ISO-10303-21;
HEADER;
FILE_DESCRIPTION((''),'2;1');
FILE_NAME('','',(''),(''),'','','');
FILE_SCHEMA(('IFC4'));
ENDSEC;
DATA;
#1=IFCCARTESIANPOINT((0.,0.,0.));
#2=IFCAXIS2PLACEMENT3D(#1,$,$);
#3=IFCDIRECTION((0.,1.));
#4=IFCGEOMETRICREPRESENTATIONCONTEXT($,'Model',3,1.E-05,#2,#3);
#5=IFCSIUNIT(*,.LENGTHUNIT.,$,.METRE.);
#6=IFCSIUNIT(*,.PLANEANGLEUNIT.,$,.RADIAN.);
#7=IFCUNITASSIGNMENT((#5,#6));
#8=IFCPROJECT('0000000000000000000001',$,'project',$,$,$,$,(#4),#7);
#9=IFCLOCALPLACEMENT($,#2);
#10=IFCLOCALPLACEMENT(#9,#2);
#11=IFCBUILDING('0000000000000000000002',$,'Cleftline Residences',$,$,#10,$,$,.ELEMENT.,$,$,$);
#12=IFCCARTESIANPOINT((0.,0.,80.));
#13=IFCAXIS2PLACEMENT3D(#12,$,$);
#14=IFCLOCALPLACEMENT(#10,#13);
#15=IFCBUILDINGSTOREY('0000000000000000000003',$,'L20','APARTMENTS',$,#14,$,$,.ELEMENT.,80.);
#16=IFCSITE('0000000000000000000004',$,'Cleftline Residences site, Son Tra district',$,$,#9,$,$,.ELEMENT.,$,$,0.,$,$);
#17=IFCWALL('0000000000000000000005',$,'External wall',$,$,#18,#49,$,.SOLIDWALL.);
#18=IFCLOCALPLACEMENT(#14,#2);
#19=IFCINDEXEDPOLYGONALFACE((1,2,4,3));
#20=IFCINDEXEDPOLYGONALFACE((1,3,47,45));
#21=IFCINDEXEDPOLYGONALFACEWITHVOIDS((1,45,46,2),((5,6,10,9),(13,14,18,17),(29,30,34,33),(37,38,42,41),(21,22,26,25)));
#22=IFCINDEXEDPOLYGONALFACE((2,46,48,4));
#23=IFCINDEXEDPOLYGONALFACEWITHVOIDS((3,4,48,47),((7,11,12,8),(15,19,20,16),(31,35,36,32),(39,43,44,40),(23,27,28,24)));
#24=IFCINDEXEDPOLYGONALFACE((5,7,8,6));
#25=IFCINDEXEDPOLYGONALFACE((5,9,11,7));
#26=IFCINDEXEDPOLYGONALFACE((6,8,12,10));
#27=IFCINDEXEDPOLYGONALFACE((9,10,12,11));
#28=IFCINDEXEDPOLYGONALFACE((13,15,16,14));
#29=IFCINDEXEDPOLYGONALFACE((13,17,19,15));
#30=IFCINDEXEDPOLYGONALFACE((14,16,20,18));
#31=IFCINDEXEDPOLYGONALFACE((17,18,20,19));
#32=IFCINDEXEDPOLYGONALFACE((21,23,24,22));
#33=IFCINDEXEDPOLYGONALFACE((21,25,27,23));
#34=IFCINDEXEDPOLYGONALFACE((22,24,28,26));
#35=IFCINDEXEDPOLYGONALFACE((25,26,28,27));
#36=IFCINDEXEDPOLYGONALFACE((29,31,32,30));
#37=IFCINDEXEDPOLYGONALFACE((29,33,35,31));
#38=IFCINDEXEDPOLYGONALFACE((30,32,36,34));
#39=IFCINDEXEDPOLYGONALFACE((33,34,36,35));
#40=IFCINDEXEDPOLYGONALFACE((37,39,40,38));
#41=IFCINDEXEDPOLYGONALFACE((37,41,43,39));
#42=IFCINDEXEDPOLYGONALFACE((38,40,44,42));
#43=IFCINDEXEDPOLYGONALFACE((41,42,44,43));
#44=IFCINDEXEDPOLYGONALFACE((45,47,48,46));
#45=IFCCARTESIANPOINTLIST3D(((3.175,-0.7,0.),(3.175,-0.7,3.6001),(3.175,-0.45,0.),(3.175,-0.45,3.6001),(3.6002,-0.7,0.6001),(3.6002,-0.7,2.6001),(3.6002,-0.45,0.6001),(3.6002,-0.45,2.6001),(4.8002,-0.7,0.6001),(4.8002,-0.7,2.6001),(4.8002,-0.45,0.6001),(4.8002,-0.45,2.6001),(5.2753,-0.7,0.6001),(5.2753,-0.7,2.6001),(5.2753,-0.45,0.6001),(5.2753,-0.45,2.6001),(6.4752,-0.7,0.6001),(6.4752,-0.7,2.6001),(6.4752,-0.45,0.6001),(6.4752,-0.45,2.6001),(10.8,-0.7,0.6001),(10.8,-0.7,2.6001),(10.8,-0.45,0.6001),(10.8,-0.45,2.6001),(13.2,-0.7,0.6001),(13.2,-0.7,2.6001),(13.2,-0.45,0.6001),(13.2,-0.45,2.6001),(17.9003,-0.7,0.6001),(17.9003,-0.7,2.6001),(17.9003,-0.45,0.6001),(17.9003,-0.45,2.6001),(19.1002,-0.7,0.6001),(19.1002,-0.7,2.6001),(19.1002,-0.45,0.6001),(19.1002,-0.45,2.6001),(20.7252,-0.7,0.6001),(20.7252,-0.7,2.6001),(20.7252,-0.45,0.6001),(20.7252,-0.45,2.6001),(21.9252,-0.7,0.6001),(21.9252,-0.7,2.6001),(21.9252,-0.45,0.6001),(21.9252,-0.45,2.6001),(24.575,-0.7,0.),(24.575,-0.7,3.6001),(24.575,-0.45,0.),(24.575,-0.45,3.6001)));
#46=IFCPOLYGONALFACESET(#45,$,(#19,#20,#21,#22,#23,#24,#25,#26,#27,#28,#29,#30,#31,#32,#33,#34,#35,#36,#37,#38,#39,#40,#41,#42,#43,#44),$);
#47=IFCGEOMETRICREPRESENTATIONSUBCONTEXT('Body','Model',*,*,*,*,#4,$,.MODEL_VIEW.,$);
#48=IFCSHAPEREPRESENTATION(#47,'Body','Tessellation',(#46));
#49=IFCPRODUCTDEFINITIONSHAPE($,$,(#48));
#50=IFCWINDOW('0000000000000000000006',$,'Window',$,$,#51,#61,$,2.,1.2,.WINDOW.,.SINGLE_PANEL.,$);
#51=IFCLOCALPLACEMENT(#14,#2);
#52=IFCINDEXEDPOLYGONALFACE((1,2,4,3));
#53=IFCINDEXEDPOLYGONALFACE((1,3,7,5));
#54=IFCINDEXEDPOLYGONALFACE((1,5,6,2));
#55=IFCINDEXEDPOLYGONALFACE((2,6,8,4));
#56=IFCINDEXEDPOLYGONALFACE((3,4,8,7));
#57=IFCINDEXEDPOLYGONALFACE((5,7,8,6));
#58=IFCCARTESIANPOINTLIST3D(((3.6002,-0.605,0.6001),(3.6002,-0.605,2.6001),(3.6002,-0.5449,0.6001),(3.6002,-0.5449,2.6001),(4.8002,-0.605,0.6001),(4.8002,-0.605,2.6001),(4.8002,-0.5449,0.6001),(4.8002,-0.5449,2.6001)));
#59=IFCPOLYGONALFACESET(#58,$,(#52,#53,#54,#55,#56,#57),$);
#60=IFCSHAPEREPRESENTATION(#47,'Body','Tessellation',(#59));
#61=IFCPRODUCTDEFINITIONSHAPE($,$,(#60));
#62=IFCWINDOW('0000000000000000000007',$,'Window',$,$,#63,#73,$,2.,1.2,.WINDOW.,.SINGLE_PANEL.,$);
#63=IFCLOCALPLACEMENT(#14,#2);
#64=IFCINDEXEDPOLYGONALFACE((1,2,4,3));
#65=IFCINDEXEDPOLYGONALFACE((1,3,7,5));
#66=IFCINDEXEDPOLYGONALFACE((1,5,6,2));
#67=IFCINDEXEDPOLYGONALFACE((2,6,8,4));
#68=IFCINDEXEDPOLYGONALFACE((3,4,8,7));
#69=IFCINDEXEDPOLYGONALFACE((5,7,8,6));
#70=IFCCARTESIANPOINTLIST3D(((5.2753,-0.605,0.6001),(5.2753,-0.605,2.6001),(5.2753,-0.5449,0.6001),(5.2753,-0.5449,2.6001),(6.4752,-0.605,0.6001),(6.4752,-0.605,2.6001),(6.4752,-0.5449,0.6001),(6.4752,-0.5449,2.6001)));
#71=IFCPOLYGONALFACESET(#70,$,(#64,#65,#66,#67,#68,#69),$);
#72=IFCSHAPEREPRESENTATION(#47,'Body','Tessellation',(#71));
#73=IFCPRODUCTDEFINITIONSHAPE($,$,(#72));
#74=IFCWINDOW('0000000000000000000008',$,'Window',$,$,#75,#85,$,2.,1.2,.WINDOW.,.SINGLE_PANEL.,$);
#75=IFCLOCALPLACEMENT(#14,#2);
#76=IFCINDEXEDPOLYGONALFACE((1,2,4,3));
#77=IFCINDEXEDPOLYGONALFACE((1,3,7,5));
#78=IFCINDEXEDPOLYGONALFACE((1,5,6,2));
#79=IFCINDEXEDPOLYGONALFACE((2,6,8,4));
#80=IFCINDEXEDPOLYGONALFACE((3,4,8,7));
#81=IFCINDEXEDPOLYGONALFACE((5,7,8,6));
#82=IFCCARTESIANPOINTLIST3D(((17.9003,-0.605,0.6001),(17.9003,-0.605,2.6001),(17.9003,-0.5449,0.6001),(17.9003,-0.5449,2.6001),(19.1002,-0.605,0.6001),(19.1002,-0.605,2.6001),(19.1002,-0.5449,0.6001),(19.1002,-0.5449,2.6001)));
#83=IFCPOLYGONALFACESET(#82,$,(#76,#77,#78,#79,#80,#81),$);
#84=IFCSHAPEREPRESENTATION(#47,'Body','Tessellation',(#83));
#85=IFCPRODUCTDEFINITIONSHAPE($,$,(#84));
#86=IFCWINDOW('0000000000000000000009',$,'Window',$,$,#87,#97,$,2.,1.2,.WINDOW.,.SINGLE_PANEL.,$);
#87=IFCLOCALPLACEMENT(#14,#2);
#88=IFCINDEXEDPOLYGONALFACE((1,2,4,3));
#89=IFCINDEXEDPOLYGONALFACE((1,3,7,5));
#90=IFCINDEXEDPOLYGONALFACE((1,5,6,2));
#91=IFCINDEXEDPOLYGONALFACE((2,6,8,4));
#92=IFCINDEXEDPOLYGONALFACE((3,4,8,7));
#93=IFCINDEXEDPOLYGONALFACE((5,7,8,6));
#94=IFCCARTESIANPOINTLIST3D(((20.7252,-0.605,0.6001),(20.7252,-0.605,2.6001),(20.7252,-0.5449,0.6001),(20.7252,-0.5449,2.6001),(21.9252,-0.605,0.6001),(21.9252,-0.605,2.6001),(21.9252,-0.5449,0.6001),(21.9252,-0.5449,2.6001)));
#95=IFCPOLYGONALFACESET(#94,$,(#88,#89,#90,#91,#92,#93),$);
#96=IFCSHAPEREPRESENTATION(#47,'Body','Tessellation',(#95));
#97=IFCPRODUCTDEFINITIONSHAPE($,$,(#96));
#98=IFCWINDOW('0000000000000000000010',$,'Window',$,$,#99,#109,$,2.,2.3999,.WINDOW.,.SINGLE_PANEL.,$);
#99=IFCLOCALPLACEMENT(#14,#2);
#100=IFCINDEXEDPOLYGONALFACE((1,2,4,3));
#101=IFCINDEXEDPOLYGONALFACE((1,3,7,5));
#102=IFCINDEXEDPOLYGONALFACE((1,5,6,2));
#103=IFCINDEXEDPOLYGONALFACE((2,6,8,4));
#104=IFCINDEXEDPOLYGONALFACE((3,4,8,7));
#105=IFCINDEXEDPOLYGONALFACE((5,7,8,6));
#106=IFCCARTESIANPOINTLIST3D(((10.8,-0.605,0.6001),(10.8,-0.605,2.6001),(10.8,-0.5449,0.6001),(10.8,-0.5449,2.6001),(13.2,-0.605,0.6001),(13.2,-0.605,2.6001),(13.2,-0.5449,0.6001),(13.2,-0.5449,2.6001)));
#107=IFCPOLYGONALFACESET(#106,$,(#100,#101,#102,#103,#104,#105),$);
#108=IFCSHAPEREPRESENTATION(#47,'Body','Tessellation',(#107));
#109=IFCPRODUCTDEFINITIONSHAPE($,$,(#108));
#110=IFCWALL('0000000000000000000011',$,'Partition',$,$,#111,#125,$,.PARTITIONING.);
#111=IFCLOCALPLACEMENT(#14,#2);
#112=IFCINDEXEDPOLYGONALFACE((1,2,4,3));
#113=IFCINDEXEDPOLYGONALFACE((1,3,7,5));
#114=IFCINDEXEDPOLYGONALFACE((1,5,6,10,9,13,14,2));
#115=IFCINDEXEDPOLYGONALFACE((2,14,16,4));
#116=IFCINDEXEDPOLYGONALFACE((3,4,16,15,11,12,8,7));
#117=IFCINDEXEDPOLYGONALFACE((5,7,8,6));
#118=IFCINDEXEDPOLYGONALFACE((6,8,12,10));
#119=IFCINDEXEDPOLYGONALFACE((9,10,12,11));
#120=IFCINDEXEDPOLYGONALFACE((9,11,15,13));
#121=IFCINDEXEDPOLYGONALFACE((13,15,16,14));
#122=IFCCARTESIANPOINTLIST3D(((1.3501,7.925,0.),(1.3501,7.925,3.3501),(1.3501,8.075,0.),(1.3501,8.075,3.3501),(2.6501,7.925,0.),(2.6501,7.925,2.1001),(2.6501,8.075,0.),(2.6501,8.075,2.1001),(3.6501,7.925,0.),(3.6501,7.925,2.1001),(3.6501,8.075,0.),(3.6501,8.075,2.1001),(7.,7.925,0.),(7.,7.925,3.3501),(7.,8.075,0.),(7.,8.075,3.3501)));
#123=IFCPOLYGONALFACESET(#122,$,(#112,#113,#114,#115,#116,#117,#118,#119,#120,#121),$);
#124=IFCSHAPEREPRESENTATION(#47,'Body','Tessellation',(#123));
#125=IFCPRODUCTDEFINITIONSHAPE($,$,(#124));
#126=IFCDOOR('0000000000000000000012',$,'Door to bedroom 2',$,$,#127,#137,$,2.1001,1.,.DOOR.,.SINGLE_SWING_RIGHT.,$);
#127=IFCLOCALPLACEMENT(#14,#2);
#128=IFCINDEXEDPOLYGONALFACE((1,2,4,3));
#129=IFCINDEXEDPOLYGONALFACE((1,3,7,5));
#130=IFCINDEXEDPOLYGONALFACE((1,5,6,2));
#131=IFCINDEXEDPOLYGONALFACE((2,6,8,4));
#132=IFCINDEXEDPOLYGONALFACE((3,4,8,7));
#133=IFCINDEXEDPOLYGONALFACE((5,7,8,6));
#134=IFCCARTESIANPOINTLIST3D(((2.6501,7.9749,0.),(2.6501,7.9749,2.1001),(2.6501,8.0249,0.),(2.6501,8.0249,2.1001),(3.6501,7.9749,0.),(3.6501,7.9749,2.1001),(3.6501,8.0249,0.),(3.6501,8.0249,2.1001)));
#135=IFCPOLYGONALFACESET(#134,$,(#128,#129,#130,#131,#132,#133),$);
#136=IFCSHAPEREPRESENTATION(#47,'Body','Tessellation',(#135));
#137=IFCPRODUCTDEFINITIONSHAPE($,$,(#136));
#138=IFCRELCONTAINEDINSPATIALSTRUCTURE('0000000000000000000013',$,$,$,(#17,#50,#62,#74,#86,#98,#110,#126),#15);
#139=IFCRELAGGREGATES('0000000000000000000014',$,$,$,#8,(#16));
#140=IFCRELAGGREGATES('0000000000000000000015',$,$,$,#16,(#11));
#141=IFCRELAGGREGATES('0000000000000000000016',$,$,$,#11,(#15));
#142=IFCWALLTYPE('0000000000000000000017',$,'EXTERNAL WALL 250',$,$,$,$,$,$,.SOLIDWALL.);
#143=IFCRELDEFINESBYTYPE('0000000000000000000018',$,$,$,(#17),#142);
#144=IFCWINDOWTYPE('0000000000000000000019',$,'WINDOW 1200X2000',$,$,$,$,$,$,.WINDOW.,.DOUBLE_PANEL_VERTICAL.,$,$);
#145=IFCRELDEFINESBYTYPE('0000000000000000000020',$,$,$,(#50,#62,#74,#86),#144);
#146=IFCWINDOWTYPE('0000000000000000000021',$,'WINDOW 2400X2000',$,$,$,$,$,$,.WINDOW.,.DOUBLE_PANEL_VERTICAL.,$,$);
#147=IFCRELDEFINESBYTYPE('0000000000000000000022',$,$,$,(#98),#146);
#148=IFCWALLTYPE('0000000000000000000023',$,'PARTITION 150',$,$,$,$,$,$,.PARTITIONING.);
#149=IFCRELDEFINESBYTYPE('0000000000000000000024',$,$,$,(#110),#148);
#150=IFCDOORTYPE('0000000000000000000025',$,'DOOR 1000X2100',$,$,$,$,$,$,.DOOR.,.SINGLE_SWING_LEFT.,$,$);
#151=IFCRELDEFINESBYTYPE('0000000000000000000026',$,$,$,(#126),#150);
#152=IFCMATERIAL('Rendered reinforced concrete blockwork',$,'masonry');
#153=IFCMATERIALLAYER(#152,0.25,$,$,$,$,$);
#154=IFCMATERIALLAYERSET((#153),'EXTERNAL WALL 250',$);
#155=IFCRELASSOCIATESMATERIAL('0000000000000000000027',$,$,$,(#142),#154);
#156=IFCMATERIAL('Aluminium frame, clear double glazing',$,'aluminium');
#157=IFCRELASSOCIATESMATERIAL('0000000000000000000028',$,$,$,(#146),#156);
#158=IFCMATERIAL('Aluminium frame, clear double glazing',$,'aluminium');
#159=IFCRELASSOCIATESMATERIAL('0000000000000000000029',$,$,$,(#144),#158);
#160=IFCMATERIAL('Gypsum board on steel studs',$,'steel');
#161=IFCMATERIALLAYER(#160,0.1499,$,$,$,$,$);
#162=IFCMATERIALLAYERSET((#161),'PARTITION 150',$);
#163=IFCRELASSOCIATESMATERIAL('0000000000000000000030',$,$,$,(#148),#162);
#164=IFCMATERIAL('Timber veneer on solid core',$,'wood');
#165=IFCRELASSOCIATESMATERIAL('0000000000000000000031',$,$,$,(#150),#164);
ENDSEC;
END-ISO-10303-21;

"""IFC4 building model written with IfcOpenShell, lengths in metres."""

from ifc_helpers import new_model, si_unit, direction, frame, frame_2d, origin, place, context, subcontext, project, spatial, rectangle, extrude, material, layer, layer_set, type_object, element, fill, save


model = new_model("IFC4")

# Units and contexts
model_context = context("Model", 3, precision=1e-05, world=origin(), true_north=direction((0.0, 1.0)))
body_context = subcontext(model_context, "Body", "Model", "MODEL_VIEW")
ifc_project = project(units=[si_unit("LENGTHUNIT", "METRE"), si_unit("PLANEANGLEUNIT", "RADIAN")], contexts=[model_context])

# Site, building, storey
site_placement = place(None, origin())
site = spatial("IfcSite", under=ifc_project, at=site_placement, Name="Cleftline Residences site, Son Tra district", CompositionType="ELEMENT", RefElevation=0.0)
building_placement = place(site_placement, origin())
building = spatial("IfcBuilding", under=site, at=building_placement, Name="Cleftline Residences", CompositionType="ELEMENT")
storey_placement = place(building_placement, frame((0.0, 0.0, 80.0)))
storey = spatial("IfcBuildingStorey", under=building, at=storey_placement, Name="L20", Description="APARTMENTS", CompositionType="ELEMENT", Elevation=80.0)

# Shared definitions
ifc_material_1 = material(Name="Rendered reinforced concrete blockwork", Category="masonry")
ifc_layer_1 = layer(ifc_material_1, 0.25)
ifc_layer_set_1 = layer_set([ifc_layer_1], Name="EXTERNAL WALL 250")
wall_type_1 = type_object("IfcWallType", Name="EXTERNAL WALL 250", PredefinedType="SOLIDWALL", material=ifc_layer_set_1)
ifc_material_2 = material(Name="Aluminium frame, clear double glazing", Category="aluminium")
window_type_1 = type_object("IfcWindowType", Name="WINDOW 2400X2000", PartitioningType="DOUBLE_PANEL_VERTICAL", PredefinedType="WINDOW", material=ifc_material_2)

# Wall, openings, windows
wall_1_placement = place(storey_placement, frame((3.175, -0.575, 0.0), z_axis=(0.0, 0.0, 1.0), x_axis=(1.0, 0.0, 0.0)))
wall_1 = element("IfcWall", 1, at=wall_1_placement, inside=storey, type_object=wall_type_1, Name="External wall", PredefinedType="SOLIDWALL", context=body_context, shape_type="SweptSolid", body=[
    extrude(rectangle(XDim=21.3999, YDim=0.25, at=frame_2d((10.7, 0.0))), origin(), (0.0, 0.0, 1.0), 3.6001),
])
opening_1_placement = place(wall_1_placement, frame((0.425, 0.0, 0.6001)))
opening_1 = element("IfcOpeningElement", 2, at=opening_1_placement, cuts=wall_1, PredefinedType="OPENING", context=body_context, shape_type="SweptSolid", body=[
    extrude(rectangle(XDim=1.2, YDim=2.0, at=frame_2d((0.6001, 1.0))), frame((0.0, 0.135, 0.0), z_axis=(0.0, -1.0, 0.0), x_axis=(1.0, 0.0, 0.0)), (0.0, 0.0, 1.0), 0.27),
])
opening_2_placement = place(wall_1_placement, frame((2.1001, 0.0, 0.6001)))
opening_2 = element("IfcOpeningElement", 3, at=opening_2_placement, cuts=wall_1, PredefinedType="OPENING", context=body_context, shape_type="SweptSolid", body=[
    extrude(rectangle(XDim=1.2, YDim=2.0, at=frame_2d((0.6001, 1.0))), frame((0.0, 0.135, 0.0), z_axis=(0.0, -1.0, 0.0), x_axis=(1.0, 0.0, 0.0)), (0.0, 0.0, 1.0), 0.27),
])
opening_3_placement = place(wall_1_placement, frame((7.625, 0.0, 0.6001)))
opening_3 = element("IfcOpeningElement", 4, at=opening_3_placement, cuts=wall_1, PredefinedType="OPENING", context=body_context, shape_type="SweptSolid", body=[
    extrude(rectangle(XDim=2.3999, YDim=2.0, at=frame_2d((1.2, 1.0))), frame((0.0, 0.135, 0.0), z_axis=(0.0, -1.0, 0.0), x_axis=(1.0, 0.0, 0.0)), (0.0, 0.0, 1.0), 0.27),
])
opening_4_placement = place(wall_1_placement, frame((14.7251, 0.0, 0.6001)))
opening_4 = element("IfcOpeningElement", 5, at=opening_4_placement, cuts=wall_1, PredefinedType="OPENING", context=body_context, shape_type="SweptSolid", body=[
    extrude(rectangle(XDim=1.2, YDim=2.0, at=frame_2d((0.6001, 1.0))), frame((0.0, 0.135, 0.0), z_axis=(0.0, -1.0, 0.0), x_axis=(1.0, 0.0, 0.0)), (0.0, 0.0, 1.0), 0.27),
])
opening_5_placement = place(wall_1_placement, frame((17.55, 0.0, 0.6001)))
opening_5 = element("IfcOpeningElement", 6, at=opening_5_placement, cuts=wall_1, PredefinedType="OPENING", context=body_context, shape_type="SweptSolid", body=[
    extrude(rectangle(XDim=1.2, YDim=2.0, at=frame_2d((0.6001, 1.0))), frame((0.0, 0.135, 0.0), z_axis=(0.0, -1.0, 0.0), x_axis=(1.0, 0.0, 0.0)), (0.0, 0.0, 1.0), 0.27),
])
ifc_material_3 = material(Name="Aluminium frame, clear double glazing", Category="aluminium")
window_type_2 = type_object("IfcWindowType", Name="WINDOW 1200X2000", PartitioningType="DOUBLE_PANEL_VERTICAL", PredefinedType="WINDOW", material=ifc_material_3)
window_1_placement = place(opening_1_placement, origin())
window_1 = element("IfcWindow", 7, at=window_1_placement, inside=storey, type_object=window_type_2, Name="Window", OverallHeight=2.0, OverallWidth=1.2, PartitioningType="SINGLE_PANEL", PredefinedType="WINDOW", context=body_context, shape_type="SweptSolid", body=[
    extrude(rectangle(XDim=1.2, YDim=2.0, at=frame_2d((0.6001, 1.0))), frame((0.0, 0.03, 0.0), z_axis=(0.0, -1.0, 0.0), x_axis=(1.0, 0.0, 0.0)), (0.0, 0.0, 1.0), 0.0601),
])
fill(opening_1, window_1)
window_2_placement = place(opening_2_placement, origin())
window_2 = element("IfcWindow", 8, at=window_2_placement, inside=storey, type_object=window_type_2, Name="Window", OverallHeight=2.0, OverallWidth=1.2, PartitioningType="SINGLE_PANEL", PredefinedType="WINDOW", context=body_context, shape_type="SweptSolid", body=[
    extrude(rectangle(XDim=1.2, YDim=2.0, at=frame_2d((0.6001, 1.0))), frame((0.0, 0.03, 0.0), z_axis=(0.0, -1.0, 0.0), x_axis=(1.0, 0.0, 0.0)), (0.0, 0.0, 1.0), 0.0601),
])
fill(opening_2, window_2)
window_3_placement = place(opening_4_placement, origin())
window_3 = element("IfcWindow", 9, at=window_3_placement, inside=storey, type_object=window_type_2, Name="Window", OverallHeight=2.0, OverallWidth=1.2, PartitioningType="SINGLE_PANEL", PredefinedType="WINDOW", context=body_context, shape_type="SweptSolid", body=[
    extrude(rectangle(XDim=1.2, YDim=2.0, at=frame_2d((0.6001, 1.0))), frame((0.0, 0.03, 0.0), z_axis=(0.0, -1.0, 0.0), x_axis=(1.0, 0.0, 0.0)), (0.0, 0.0, 1.0), 0.0601),
])
fill(opening_4, window_3)
window_4_placement = place(opening_5_placement, origin())
window_4 = element("IfcWindow", 10, at=window_4_placement, inside=storey, type_object=window_type_2, Name="Window", OverallHeight=2.0, OverallWidth=1.2, PartitioningType="SINGLE_PANEL", PredefinedType="WINDOW", context=body_context, shape_type="SweptSolid", body=[
    extrude(rectangle(XDim=1.2, YDim=2.0, at=frame_2d((0.6001, 1.0))), frame((0.0, 0.03, 0.0), z_axis=(0.0, -1.0, 0.0), x_axis=(1.0, 0.0, 0.0)), (0.0, 0.0, 1.0), 0.0601),
])
fill(opening_5, window_4)
window_5_placement = place(opening_3_placement, origin())
window_5 = element("IfcWindow", 11, at=window_5_placement, inside=storey, type_object=window_type_1, Name="Window", OverallHeight=2.0, OverallWidth=2.3999, PartitioningType="SINGLE_PANEL", PredefinedType="WINDOW", context=body_context, shape_type="SweptSolid", body=[
    extrude(rectangle(XDim=2.3999, YDim=2.0, at=frame_2d((1.2, 1.0))), frame((0.0, 0.03, 0.0), z_axis=(0.0, -1.0, 0.0), x_axis=(1.0, 0.0, 0.0)), (0.0, 0.0, 1.0), 0.0601),
])
fill(opening_3, window_5)

# Wall, opening, door
ifc_material_4 = material(Name="Gypsum board on steel studs", Category="steel")
ifc_layer_2 = layer(ifc_material_4, 0.1499)
ifc_layer_set_2 = layer_set([ifc_layer_2], Name="PARTITION 150")
wall_type_2 = type_object("IfcWallType", Name="PARTITION 150", PredefinedType="PARTITIONING", material=ifc_layer_set_2)
wall_2_placement = place(storey_placement, frame((1.3501, 8.0, 0.0), z_axis=(0.0, 0.0, 1.0), x_axis=(1.0, 0.0, 0.0)))
wall_2 = element("IfcWall", 12, at=wall_2_placement, inside=storey, type_object=wall_type_2, Name="Partition", PredefinedType="PARTITIONING", context=body_context, shape_type="SweptSolid", body=[
    extrude(rectangle(XDim=5.6499, YDim=0.1499, at=frame_2d((2.825, 0.0))), origin(), (0.0, 0.0, 1.0), 3.3501),
])
opening_6_placement = place(wall_2_placement, frame((1.3, 0.0, 0.0)))
opening_6 = element("IfcOpeningElement", 13, at=opening_6_placement, cuts=wall_2, PredefinedType="OPENING", context=body_context, shape_type="SweptSolid", body=[
    extrude(rectangle(XDim=1.0, YDim=2.1001, at=frame_2d((0.5, 1.05))), frame((0.0, 0.085, 0.0), z_axis=(0.0, -1.0, 0.0), x_axis=(1.0, 0.0, 0.0)), (0.0, 0.0, 1.0), 0.1699),
])
ifc_material_5 = material(Name="Timber veneer on solid core", Category="wood")
door_type_1 = type_object("IfcDoorType", Name="DOOR 1000X2100", OperationType="SINGLE_SWING_LEFT", PredefinedType="DOOR", material=ifc_material_5)
door_1_placement = place(opening_6_placement, origin())
door_1 = element("IfcDoor", 14, at=door_1_placement, inside=storey, type_object=door_type_1, Name="Door to bedroom 2", OperationType="SINGLE_SWING_RIGHT", OverallHeight=2.1001, OverallWidth=1.0, PredefinedType="DOOR", context=body_context, shape_type="SweptSolid", body=[
    extrude(rectangle(XDim=1.0, YDim=2.1001, at=frame_2d((0.5, 1.05))), frame((0.0, 0.0249, 0.0), z_axis=(0.0, -1.0, 0.0), x_axis=(1.0, 0.0, 0.0)), (0.0, 0.0, 1.0), 0.05),
])
fill(opening_6, door_1)

save(model, "model.ifc")
